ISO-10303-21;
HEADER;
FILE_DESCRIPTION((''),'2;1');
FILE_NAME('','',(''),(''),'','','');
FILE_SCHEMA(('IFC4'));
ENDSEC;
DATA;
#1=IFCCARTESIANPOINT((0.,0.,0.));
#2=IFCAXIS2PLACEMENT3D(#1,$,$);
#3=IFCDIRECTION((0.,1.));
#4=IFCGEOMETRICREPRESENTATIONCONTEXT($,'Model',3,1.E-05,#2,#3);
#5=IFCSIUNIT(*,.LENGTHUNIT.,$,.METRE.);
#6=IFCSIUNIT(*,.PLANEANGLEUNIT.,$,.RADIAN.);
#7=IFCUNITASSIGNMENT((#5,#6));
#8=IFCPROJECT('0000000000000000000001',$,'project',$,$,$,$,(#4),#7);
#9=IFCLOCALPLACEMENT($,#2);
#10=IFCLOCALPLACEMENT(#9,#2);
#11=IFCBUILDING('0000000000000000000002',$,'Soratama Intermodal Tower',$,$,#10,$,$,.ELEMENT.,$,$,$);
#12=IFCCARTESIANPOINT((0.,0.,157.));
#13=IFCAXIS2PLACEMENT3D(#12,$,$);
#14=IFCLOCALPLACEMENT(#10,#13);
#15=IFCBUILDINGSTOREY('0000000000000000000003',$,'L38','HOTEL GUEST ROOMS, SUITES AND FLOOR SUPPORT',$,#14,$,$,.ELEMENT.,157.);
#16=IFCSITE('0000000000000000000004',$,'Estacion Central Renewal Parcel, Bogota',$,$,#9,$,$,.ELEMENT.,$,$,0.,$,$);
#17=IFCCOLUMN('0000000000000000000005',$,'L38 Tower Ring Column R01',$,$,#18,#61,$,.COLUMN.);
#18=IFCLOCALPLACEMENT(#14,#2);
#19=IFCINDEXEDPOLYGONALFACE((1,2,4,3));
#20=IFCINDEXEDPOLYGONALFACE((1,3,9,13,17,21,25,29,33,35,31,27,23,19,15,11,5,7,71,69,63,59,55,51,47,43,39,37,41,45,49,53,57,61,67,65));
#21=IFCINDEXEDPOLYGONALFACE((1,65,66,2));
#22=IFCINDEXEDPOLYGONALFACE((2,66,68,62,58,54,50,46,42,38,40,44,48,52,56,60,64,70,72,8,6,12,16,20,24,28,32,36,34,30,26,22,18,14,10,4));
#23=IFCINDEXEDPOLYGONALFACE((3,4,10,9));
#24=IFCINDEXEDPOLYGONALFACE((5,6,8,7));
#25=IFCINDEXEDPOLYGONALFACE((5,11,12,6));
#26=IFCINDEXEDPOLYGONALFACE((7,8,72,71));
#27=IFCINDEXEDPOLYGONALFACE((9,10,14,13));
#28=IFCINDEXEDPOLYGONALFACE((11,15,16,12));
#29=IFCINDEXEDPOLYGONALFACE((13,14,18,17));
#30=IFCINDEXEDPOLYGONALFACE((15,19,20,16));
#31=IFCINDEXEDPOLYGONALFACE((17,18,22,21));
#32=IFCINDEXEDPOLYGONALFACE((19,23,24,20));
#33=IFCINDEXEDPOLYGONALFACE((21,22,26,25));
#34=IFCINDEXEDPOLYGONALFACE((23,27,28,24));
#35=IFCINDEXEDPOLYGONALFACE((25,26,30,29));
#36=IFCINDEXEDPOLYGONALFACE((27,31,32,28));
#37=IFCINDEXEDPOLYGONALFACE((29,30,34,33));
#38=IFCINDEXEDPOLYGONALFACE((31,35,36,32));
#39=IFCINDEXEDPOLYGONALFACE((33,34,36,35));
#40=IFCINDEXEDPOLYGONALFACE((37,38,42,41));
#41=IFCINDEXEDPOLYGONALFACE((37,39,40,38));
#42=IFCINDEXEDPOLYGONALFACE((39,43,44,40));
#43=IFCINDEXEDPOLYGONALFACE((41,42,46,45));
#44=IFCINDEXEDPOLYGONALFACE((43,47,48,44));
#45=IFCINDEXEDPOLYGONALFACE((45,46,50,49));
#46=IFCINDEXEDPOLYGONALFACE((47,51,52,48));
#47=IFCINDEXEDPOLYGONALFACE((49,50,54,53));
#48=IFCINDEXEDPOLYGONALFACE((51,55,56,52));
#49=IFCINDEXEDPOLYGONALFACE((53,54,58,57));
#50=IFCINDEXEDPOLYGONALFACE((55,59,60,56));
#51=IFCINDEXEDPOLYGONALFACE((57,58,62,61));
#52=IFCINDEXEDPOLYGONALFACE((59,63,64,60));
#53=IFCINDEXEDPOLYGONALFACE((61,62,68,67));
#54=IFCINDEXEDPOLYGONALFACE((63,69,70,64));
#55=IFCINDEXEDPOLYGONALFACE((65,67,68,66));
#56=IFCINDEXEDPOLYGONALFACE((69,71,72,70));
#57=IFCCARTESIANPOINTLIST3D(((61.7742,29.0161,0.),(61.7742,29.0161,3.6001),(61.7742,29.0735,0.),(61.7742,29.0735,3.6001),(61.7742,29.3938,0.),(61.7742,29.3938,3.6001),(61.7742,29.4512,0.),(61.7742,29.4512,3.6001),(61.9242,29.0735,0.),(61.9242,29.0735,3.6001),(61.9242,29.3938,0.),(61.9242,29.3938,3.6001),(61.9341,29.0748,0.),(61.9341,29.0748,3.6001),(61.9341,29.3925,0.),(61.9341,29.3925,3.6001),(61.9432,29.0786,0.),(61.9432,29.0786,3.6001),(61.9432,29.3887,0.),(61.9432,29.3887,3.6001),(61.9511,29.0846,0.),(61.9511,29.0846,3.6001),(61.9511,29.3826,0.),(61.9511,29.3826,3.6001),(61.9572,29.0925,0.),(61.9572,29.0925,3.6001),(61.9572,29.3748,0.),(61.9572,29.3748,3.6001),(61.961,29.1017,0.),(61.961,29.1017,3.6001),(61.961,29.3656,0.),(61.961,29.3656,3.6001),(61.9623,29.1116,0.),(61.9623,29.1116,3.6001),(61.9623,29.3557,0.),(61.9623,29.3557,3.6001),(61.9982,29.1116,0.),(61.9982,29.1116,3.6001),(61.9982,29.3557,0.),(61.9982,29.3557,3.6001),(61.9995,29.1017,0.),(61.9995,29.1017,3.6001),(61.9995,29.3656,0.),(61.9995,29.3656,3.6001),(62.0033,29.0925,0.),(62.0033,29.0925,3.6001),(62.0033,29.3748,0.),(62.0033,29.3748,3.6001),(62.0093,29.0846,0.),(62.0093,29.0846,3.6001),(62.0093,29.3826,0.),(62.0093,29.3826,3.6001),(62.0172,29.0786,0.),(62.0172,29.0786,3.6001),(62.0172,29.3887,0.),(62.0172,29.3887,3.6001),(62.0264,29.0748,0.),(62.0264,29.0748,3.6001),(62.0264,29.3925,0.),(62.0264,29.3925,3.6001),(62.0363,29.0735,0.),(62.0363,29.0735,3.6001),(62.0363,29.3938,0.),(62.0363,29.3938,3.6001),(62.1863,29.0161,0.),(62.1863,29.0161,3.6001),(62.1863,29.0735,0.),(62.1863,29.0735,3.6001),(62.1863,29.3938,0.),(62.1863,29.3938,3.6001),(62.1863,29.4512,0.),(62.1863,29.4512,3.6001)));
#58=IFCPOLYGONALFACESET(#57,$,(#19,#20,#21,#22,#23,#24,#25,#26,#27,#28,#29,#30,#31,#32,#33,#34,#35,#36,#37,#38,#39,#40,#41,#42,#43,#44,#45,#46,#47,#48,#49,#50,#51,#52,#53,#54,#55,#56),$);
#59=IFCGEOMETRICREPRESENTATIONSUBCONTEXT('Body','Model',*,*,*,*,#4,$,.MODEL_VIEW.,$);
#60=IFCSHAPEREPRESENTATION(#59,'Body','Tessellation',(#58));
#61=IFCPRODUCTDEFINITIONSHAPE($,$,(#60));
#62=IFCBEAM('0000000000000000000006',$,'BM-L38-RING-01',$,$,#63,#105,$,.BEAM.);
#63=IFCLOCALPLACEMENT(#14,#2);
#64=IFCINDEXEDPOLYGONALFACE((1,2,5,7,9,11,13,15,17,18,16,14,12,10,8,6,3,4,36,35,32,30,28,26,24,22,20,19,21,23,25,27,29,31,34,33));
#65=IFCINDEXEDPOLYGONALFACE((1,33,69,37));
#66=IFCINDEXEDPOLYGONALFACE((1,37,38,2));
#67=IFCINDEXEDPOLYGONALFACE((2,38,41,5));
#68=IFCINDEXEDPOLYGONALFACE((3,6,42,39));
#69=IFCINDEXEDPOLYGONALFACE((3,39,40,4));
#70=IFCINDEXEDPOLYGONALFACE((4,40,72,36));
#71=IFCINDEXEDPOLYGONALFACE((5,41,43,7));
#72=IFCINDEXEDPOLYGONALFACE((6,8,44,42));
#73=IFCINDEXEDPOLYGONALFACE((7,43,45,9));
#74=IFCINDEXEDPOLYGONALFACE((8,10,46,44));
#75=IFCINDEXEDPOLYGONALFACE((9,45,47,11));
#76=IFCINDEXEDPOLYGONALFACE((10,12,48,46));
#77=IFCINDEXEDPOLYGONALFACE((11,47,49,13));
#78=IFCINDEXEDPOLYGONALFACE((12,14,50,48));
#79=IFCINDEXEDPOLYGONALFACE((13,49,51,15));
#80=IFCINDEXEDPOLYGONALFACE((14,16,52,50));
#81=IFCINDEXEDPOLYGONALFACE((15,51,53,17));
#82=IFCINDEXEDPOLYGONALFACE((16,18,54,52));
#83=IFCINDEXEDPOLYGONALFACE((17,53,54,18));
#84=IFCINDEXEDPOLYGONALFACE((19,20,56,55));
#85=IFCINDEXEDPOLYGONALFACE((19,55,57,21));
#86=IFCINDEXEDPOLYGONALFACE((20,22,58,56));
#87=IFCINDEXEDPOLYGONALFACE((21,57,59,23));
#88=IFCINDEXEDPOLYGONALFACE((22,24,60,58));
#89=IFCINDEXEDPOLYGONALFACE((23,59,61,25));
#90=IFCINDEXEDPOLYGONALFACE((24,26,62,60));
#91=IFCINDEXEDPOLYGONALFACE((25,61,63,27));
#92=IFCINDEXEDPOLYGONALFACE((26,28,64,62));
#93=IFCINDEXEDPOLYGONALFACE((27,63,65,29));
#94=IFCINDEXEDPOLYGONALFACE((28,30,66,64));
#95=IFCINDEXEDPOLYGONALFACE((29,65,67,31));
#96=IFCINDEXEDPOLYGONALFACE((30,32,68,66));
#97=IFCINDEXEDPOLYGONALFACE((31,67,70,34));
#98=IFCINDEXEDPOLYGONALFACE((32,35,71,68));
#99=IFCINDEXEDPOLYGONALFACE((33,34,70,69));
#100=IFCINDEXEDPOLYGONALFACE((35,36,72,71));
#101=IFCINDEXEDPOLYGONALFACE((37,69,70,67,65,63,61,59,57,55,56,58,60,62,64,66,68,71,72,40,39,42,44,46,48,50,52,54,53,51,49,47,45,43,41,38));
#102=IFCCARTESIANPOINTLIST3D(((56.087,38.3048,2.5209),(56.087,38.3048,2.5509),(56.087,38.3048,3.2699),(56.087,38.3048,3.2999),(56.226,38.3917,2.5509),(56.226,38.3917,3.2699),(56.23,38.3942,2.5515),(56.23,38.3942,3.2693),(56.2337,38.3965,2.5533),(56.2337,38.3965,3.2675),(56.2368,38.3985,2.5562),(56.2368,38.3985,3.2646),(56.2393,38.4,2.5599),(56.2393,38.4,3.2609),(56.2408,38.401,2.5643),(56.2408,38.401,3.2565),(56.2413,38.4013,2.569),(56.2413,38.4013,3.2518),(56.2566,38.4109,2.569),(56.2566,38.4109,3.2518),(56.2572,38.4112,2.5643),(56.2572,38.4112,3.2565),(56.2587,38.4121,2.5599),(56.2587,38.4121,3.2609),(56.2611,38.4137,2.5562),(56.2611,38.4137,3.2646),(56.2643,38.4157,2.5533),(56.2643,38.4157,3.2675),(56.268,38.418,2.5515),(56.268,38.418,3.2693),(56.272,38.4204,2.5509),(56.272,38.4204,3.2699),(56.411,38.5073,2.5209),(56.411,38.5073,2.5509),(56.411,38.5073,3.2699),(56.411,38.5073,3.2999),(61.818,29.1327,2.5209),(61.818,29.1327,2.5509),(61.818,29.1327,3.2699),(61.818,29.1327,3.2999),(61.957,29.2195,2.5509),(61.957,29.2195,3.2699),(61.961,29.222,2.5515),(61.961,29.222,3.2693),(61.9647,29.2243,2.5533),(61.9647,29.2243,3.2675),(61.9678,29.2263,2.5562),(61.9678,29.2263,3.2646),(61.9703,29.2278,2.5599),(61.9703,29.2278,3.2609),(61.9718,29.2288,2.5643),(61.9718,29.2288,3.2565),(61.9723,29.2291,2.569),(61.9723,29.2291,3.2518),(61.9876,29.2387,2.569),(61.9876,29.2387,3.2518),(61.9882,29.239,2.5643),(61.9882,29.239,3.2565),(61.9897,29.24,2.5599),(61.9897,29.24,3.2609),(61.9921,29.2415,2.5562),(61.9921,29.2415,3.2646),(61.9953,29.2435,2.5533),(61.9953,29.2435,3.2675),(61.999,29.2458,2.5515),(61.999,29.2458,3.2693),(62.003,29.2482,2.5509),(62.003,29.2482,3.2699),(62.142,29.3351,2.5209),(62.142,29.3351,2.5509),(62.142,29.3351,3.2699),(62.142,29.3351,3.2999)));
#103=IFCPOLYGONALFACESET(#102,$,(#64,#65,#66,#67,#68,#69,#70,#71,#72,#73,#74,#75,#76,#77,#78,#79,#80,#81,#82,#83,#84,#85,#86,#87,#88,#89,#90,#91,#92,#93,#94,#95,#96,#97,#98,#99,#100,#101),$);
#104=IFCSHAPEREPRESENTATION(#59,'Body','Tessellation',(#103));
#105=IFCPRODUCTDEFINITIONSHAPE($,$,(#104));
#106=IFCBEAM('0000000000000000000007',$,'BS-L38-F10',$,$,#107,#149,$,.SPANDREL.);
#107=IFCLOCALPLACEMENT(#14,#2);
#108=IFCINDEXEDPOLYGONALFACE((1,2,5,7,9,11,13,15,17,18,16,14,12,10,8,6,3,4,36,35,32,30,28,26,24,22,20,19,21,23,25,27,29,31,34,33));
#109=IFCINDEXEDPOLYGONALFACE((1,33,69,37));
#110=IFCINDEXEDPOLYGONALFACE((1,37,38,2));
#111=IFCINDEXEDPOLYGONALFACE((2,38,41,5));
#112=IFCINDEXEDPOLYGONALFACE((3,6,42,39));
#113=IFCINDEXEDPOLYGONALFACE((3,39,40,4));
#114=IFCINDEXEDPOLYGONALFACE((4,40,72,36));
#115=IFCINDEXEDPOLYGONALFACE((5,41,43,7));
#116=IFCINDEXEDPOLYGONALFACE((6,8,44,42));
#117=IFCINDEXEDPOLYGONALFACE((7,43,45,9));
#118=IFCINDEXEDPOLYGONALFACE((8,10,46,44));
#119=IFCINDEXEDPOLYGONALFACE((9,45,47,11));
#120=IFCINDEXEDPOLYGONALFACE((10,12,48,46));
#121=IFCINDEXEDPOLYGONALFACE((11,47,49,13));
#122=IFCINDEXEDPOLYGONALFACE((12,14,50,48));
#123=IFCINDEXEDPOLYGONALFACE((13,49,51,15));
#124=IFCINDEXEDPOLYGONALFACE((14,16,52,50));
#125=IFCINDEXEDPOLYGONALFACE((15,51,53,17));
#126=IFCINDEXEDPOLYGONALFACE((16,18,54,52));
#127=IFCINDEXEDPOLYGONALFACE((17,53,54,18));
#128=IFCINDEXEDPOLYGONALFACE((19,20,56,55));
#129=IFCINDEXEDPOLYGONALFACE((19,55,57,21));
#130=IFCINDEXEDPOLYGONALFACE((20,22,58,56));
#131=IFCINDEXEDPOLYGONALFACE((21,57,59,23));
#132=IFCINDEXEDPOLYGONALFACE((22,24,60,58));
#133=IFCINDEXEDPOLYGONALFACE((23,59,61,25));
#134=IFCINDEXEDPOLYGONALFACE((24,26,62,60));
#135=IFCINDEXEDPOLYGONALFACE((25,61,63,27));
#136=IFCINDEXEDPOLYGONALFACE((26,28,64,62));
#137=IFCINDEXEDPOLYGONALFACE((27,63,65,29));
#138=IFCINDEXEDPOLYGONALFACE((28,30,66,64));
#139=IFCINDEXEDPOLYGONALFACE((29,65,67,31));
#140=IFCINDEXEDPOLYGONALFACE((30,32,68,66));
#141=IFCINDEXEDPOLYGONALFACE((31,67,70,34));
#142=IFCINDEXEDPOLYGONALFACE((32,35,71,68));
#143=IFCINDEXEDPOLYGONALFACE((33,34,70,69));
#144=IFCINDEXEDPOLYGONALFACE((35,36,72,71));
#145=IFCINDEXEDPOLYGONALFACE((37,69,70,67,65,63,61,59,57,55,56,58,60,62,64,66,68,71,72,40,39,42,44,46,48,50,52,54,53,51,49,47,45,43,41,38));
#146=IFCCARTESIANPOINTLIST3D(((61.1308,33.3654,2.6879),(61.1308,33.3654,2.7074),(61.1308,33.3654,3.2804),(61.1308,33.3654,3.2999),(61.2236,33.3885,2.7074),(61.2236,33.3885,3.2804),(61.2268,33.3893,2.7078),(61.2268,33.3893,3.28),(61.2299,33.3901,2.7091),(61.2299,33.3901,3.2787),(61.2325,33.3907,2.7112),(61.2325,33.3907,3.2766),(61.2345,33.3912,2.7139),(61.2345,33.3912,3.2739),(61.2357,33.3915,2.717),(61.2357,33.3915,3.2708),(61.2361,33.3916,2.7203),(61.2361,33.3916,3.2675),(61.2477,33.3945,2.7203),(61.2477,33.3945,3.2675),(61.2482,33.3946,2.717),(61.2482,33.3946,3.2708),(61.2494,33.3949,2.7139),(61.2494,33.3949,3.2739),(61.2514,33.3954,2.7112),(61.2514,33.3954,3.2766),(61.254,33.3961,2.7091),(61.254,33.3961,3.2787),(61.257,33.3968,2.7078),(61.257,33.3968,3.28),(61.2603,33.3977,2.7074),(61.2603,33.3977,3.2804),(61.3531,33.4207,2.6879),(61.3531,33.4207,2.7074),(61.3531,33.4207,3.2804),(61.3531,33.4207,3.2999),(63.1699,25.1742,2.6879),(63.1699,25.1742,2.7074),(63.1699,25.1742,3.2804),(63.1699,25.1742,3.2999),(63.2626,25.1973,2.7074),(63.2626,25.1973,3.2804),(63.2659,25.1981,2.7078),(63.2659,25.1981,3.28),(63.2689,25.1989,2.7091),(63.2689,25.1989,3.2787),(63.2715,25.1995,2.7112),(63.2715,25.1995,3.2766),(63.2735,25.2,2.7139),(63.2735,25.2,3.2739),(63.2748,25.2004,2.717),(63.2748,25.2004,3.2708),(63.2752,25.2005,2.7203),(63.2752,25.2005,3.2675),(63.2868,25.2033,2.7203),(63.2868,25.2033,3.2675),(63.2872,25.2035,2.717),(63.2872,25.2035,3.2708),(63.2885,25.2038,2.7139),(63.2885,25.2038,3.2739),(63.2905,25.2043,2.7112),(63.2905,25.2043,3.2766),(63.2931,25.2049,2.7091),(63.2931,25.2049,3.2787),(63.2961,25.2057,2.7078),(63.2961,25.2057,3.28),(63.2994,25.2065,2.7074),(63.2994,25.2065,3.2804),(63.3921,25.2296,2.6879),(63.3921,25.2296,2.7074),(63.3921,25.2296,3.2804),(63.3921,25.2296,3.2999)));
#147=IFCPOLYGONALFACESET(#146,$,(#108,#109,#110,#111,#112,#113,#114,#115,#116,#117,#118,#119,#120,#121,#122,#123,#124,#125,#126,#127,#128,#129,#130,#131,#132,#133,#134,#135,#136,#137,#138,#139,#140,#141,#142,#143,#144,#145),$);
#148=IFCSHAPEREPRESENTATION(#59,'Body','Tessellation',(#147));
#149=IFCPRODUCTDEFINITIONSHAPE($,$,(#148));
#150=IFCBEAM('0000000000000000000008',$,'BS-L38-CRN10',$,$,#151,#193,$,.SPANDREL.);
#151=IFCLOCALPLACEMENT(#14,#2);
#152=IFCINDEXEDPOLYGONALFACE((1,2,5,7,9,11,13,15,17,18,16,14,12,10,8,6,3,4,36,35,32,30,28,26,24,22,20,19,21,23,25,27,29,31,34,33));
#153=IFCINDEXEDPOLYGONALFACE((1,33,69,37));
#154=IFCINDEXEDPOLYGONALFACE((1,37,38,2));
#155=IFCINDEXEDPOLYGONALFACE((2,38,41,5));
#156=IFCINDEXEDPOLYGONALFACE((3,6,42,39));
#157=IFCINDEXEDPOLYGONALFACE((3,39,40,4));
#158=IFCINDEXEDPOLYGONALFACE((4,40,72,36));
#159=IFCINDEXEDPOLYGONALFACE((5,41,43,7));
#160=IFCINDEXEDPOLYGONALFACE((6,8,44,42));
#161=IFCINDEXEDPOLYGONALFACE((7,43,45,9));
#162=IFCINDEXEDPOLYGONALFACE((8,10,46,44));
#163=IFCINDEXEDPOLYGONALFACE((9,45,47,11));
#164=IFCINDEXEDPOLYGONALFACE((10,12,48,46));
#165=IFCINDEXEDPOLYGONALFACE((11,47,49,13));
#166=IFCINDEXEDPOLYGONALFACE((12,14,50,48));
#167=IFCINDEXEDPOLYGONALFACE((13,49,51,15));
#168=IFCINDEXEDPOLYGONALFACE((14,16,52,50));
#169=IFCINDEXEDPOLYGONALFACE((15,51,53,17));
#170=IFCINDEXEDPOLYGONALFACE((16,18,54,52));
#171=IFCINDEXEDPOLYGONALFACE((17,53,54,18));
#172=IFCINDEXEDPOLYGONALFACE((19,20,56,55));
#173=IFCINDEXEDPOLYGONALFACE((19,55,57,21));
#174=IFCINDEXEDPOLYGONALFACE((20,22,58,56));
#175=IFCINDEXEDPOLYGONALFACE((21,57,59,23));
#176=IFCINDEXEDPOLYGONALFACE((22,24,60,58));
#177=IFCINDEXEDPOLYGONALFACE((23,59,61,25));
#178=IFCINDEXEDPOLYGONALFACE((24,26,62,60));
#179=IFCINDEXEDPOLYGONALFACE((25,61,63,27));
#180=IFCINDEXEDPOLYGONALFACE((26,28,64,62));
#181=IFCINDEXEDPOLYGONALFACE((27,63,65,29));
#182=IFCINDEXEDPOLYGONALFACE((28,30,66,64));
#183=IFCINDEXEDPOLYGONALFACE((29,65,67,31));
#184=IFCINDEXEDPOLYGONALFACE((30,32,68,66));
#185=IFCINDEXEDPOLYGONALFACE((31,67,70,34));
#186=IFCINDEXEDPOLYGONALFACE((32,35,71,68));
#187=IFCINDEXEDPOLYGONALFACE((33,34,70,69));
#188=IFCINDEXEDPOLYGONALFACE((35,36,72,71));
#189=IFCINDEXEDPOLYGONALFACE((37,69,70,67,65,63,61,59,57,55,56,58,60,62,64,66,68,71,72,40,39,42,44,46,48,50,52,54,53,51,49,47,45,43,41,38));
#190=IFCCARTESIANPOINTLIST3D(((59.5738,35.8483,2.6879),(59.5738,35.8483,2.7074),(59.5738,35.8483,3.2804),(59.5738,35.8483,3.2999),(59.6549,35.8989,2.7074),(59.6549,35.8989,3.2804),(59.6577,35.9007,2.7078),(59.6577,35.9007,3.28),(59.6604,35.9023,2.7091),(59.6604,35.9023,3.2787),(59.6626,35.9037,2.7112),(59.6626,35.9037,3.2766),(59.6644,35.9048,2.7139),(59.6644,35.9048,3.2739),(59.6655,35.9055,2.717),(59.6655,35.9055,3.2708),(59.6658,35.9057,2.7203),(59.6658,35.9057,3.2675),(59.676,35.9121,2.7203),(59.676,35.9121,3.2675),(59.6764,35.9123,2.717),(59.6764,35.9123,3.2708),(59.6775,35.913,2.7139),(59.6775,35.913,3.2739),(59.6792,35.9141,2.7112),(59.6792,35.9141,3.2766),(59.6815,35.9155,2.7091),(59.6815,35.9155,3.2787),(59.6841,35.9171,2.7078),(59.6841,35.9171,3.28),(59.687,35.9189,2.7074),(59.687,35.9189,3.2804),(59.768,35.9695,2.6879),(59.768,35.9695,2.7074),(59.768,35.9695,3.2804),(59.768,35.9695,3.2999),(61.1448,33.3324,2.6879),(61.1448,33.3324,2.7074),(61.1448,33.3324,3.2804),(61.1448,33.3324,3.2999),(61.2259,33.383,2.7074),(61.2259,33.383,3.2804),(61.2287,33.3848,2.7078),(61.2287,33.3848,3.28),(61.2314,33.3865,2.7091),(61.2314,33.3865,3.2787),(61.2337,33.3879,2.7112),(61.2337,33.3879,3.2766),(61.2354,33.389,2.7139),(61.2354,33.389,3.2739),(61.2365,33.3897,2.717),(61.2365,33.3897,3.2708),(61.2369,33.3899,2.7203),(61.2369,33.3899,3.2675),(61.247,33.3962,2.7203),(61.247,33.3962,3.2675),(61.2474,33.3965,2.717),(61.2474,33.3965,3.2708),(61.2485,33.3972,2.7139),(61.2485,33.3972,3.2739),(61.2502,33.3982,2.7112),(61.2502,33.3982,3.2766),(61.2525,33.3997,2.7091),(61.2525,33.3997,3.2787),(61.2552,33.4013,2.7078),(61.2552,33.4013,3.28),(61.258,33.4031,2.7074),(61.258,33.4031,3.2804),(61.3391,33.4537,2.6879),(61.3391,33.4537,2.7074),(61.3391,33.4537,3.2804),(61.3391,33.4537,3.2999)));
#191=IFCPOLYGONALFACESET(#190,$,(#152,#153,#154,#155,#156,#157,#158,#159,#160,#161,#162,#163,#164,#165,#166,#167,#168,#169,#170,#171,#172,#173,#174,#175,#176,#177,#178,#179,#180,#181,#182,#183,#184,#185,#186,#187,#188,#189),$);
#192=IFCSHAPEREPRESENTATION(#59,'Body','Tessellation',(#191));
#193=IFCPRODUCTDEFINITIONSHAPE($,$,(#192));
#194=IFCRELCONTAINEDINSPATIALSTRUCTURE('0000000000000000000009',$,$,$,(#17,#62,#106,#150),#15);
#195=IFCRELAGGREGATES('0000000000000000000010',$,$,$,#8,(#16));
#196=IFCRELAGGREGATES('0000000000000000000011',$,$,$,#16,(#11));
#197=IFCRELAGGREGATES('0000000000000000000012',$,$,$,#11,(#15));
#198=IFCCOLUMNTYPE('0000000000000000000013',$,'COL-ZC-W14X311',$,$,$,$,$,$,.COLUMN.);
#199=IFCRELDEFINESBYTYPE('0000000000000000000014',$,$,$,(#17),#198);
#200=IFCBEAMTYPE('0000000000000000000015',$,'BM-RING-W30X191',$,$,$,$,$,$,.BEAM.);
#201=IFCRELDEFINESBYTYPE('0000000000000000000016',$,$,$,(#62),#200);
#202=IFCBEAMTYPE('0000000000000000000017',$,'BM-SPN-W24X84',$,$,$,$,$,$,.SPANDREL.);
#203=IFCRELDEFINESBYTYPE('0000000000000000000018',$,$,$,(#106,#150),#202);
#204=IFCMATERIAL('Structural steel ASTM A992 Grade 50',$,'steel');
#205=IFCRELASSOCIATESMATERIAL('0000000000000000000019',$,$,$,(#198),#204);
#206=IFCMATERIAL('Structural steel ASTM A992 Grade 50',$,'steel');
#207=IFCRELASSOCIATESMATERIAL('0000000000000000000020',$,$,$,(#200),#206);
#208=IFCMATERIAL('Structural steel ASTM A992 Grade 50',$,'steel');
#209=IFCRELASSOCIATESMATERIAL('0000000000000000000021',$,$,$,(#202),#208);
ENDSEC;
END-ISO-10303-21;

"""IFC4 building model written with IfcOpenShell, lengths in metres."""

from ifc_helpers import new_model, si_unit, direction, frame, origin, origin_2d, place, context, subcontext, project, spatial, i_section, extrude, material, material_profile, profile_set, type_object, element, save


model = new_model("IFC4")

# Units and contexts
model_context = context("Model", 3, precision=1e-05, world=origin(), true_north=direction((0.0, 1.0)))
body_context = subcontext(model_context, "Body", "Model", "MODEL_VIEW")
ifc_project = project(units=[si_unit("LENGTHUNIT", "METRE"), si_unit("PLANEANGLEUNIT", "RADIAN")], contexts=[model_context])

# Site, building, storey
site_placement = place(None, origin())
site = spatial("IfcSite", under=ifc_project, at=site_placement, Name="Estacion Central Renewal Parcel, Bogota", CompositionType="ELEMENT", RefElevation=0.0)
building_placement = place(site_placement, origin())
building = spatial("IfcBuilding", under=site, at=building_placement, Name="Soratama Intermodal Tower", CompositionType="ELEMENT")
storey_placement = place(building_placement, frame((0.0, 0.0, 157.0)))
storey = spatial("IfcBuildingStorey", under=building, at=storey_placement, Name="L38", Description="HOTEL GUEST ROOMS, SUITES AND FLOOR SUPPORT", CompositionType="ELEMENT", Elevation=157.0)

# Column
ifc_material_1 = material(Name="Structural steel ASTM A992 Grade 50", Category="steel")
ifc_material_profile_1 = material_profile(ifc_material_1, i_section(OverallWidth=0.4121, OverallDepth=0.4351, WebThickness=0.0359, FlangeThickness=0.0574, FilletRadius=0.0381, at=origin_2d()), Name="W14X311")
ifc_profile_set_1 = profile_set([ifc_material_profile_1], Name="Structural steel ASTM A992 Grade 50")
column_type = type_object("IfcColumnType", Name="COL-ZC-W14X311", PredefinedType="COLUMN", material=ifc_profile_set_1)
column_placement = place(storey_placement, frame((61.9802, 29.2336, 0.0), z_axis=(0.0, 0.0, 1.0), x_axis=(1.0, 0.0, 0.0)))
element("IfcColumn", 1, at=column_placement, inside=storey, type_object=column_type, Name="L38 Tower Ring Column R01", PredefinedType="COLUMN", context=body_context, shape_type="SweptSolid", body=[
    extrude(i_section(OverallWidth=0.4121, OverallDepth=0.4351, WebThickness=0.0359, FlangeThickness=0.0574, FilletRadius=0.0381, at=origin_2d()), origin(), (0.0, 0.0, 1.0), 3.6001),
])

# Beams
ifc_material_2 = material(Name="Structural steel ASTM A992 Grade 50", Category="steel")
ifc_material_profile_2 = material_profile(ifc_material_2, i_section(OverallWidth=0.3821, OverallDepth=0.7791, WebThickness=0.0181, FlangeThickness=0.03, FilletRadius=0.0181, at=origin_2d()), Name="W30X191")
ifc_profile_set_2 = profile_set([ifc_material_profile_2], Name="Structural steel ASTM A992 Grade 50")
beam_type_1 = type_object("IfcBeamType", Name="BM-RING-W30X191", PredefinedType="BEAM", material=ifc_profile_set_2)
beam_1_placement = place(storey_placement, frame((61.98, 29.2339, 2.9104), z_axis=(-0.529891, 0.848066, 0.0), x_axis=(-0.848066, -0.529891, 0.0)))
element("IfcBeam", 2, at=beam_1_placement, inside=storey, type_object=beam_type_1, Name="BM-L38-RING-01", PredefinedType="BEAM", context=body_context, shape_type="SweptSolid", body=[
    extrude(i_section(OverallWidth=0.3821, OverallDepth=0.7791, WebThickness=0.0181, FlangeThickness=0.03, FilletRadius=0.0181, at=origin_2d()), origin(), (0.0, 0.0, 1.0), 10.8154),
])
ifc_material_3 = material(Name="Structural steel ASTM A992 Grade 50", Category="steel")
ifc_material_profile_3 = material_profile(ifc_material_3, i_section(OverallWidth=0.229, OverallDepth=0.6121, WebThickness=0.012, FlangeThickness=0.0195, FilletRadius=0.0129, at=origin_2d()), Name="W24X84")
ifc_profile_set_3 = profile_set([ifc_material_profile_3], Name="Structural steel ASTM A992 Grade 50")
beam_type_2 = type_object("IfcBeamType", Name="BM-SPN-W24X84", PredefinedType="SPANDREL", material=ifc_profile_set_3)
beam_2_placement = place(storey_placement, frame((63.281, 25.2019, 2.9939), z_axis=(-0.241562, 0.970385, 0.0), x_axis=(-0.970385, -0.241562, 0.0)))
element("IfcBeam", 3, at=beam_2_placement, inside=storey, type_object=beam_type_2, Name="BS-L38-F10", PredefinedType="SPANDREL", context=body_context, shape_type="SweptSolid", body=[
    extrude(i_section(OverallWidth=0.229, OverallDepth=0.6121, WebThickness=0.012, FlangeThickness=0.0195, FilletRadius=0.0129, at=origin_2d()), origin(), (0.0, 0.0, 1.0), 8.4412),
])
beam_3_placement = place(storey_placement, frame((61.2419, 33.3931, 2.9939), z_axis=(-0.529666, 0.848206, 0.0), x_axis=(-0.848206, -0.529666, 0.0)))
element("IfcBeam", 4, at=beam_3_placement, inside=storey, type_object=beam_type_2, Name="BS-L38-CRN10", PredefinedType="SPANDREL", context=body_context, shape_type="SweptSolid", body=[
    extrude(i_section(OverallWidth=0.229, OverallDepth=0.6121, WebThickness=0.012, FlangeThickness=0.0195, FilletRadius=0.0129, at=origin_2d()), origin(), (0.0, 0.0, 1.0), 2.9661),
])

save(model, "model.ifc")
